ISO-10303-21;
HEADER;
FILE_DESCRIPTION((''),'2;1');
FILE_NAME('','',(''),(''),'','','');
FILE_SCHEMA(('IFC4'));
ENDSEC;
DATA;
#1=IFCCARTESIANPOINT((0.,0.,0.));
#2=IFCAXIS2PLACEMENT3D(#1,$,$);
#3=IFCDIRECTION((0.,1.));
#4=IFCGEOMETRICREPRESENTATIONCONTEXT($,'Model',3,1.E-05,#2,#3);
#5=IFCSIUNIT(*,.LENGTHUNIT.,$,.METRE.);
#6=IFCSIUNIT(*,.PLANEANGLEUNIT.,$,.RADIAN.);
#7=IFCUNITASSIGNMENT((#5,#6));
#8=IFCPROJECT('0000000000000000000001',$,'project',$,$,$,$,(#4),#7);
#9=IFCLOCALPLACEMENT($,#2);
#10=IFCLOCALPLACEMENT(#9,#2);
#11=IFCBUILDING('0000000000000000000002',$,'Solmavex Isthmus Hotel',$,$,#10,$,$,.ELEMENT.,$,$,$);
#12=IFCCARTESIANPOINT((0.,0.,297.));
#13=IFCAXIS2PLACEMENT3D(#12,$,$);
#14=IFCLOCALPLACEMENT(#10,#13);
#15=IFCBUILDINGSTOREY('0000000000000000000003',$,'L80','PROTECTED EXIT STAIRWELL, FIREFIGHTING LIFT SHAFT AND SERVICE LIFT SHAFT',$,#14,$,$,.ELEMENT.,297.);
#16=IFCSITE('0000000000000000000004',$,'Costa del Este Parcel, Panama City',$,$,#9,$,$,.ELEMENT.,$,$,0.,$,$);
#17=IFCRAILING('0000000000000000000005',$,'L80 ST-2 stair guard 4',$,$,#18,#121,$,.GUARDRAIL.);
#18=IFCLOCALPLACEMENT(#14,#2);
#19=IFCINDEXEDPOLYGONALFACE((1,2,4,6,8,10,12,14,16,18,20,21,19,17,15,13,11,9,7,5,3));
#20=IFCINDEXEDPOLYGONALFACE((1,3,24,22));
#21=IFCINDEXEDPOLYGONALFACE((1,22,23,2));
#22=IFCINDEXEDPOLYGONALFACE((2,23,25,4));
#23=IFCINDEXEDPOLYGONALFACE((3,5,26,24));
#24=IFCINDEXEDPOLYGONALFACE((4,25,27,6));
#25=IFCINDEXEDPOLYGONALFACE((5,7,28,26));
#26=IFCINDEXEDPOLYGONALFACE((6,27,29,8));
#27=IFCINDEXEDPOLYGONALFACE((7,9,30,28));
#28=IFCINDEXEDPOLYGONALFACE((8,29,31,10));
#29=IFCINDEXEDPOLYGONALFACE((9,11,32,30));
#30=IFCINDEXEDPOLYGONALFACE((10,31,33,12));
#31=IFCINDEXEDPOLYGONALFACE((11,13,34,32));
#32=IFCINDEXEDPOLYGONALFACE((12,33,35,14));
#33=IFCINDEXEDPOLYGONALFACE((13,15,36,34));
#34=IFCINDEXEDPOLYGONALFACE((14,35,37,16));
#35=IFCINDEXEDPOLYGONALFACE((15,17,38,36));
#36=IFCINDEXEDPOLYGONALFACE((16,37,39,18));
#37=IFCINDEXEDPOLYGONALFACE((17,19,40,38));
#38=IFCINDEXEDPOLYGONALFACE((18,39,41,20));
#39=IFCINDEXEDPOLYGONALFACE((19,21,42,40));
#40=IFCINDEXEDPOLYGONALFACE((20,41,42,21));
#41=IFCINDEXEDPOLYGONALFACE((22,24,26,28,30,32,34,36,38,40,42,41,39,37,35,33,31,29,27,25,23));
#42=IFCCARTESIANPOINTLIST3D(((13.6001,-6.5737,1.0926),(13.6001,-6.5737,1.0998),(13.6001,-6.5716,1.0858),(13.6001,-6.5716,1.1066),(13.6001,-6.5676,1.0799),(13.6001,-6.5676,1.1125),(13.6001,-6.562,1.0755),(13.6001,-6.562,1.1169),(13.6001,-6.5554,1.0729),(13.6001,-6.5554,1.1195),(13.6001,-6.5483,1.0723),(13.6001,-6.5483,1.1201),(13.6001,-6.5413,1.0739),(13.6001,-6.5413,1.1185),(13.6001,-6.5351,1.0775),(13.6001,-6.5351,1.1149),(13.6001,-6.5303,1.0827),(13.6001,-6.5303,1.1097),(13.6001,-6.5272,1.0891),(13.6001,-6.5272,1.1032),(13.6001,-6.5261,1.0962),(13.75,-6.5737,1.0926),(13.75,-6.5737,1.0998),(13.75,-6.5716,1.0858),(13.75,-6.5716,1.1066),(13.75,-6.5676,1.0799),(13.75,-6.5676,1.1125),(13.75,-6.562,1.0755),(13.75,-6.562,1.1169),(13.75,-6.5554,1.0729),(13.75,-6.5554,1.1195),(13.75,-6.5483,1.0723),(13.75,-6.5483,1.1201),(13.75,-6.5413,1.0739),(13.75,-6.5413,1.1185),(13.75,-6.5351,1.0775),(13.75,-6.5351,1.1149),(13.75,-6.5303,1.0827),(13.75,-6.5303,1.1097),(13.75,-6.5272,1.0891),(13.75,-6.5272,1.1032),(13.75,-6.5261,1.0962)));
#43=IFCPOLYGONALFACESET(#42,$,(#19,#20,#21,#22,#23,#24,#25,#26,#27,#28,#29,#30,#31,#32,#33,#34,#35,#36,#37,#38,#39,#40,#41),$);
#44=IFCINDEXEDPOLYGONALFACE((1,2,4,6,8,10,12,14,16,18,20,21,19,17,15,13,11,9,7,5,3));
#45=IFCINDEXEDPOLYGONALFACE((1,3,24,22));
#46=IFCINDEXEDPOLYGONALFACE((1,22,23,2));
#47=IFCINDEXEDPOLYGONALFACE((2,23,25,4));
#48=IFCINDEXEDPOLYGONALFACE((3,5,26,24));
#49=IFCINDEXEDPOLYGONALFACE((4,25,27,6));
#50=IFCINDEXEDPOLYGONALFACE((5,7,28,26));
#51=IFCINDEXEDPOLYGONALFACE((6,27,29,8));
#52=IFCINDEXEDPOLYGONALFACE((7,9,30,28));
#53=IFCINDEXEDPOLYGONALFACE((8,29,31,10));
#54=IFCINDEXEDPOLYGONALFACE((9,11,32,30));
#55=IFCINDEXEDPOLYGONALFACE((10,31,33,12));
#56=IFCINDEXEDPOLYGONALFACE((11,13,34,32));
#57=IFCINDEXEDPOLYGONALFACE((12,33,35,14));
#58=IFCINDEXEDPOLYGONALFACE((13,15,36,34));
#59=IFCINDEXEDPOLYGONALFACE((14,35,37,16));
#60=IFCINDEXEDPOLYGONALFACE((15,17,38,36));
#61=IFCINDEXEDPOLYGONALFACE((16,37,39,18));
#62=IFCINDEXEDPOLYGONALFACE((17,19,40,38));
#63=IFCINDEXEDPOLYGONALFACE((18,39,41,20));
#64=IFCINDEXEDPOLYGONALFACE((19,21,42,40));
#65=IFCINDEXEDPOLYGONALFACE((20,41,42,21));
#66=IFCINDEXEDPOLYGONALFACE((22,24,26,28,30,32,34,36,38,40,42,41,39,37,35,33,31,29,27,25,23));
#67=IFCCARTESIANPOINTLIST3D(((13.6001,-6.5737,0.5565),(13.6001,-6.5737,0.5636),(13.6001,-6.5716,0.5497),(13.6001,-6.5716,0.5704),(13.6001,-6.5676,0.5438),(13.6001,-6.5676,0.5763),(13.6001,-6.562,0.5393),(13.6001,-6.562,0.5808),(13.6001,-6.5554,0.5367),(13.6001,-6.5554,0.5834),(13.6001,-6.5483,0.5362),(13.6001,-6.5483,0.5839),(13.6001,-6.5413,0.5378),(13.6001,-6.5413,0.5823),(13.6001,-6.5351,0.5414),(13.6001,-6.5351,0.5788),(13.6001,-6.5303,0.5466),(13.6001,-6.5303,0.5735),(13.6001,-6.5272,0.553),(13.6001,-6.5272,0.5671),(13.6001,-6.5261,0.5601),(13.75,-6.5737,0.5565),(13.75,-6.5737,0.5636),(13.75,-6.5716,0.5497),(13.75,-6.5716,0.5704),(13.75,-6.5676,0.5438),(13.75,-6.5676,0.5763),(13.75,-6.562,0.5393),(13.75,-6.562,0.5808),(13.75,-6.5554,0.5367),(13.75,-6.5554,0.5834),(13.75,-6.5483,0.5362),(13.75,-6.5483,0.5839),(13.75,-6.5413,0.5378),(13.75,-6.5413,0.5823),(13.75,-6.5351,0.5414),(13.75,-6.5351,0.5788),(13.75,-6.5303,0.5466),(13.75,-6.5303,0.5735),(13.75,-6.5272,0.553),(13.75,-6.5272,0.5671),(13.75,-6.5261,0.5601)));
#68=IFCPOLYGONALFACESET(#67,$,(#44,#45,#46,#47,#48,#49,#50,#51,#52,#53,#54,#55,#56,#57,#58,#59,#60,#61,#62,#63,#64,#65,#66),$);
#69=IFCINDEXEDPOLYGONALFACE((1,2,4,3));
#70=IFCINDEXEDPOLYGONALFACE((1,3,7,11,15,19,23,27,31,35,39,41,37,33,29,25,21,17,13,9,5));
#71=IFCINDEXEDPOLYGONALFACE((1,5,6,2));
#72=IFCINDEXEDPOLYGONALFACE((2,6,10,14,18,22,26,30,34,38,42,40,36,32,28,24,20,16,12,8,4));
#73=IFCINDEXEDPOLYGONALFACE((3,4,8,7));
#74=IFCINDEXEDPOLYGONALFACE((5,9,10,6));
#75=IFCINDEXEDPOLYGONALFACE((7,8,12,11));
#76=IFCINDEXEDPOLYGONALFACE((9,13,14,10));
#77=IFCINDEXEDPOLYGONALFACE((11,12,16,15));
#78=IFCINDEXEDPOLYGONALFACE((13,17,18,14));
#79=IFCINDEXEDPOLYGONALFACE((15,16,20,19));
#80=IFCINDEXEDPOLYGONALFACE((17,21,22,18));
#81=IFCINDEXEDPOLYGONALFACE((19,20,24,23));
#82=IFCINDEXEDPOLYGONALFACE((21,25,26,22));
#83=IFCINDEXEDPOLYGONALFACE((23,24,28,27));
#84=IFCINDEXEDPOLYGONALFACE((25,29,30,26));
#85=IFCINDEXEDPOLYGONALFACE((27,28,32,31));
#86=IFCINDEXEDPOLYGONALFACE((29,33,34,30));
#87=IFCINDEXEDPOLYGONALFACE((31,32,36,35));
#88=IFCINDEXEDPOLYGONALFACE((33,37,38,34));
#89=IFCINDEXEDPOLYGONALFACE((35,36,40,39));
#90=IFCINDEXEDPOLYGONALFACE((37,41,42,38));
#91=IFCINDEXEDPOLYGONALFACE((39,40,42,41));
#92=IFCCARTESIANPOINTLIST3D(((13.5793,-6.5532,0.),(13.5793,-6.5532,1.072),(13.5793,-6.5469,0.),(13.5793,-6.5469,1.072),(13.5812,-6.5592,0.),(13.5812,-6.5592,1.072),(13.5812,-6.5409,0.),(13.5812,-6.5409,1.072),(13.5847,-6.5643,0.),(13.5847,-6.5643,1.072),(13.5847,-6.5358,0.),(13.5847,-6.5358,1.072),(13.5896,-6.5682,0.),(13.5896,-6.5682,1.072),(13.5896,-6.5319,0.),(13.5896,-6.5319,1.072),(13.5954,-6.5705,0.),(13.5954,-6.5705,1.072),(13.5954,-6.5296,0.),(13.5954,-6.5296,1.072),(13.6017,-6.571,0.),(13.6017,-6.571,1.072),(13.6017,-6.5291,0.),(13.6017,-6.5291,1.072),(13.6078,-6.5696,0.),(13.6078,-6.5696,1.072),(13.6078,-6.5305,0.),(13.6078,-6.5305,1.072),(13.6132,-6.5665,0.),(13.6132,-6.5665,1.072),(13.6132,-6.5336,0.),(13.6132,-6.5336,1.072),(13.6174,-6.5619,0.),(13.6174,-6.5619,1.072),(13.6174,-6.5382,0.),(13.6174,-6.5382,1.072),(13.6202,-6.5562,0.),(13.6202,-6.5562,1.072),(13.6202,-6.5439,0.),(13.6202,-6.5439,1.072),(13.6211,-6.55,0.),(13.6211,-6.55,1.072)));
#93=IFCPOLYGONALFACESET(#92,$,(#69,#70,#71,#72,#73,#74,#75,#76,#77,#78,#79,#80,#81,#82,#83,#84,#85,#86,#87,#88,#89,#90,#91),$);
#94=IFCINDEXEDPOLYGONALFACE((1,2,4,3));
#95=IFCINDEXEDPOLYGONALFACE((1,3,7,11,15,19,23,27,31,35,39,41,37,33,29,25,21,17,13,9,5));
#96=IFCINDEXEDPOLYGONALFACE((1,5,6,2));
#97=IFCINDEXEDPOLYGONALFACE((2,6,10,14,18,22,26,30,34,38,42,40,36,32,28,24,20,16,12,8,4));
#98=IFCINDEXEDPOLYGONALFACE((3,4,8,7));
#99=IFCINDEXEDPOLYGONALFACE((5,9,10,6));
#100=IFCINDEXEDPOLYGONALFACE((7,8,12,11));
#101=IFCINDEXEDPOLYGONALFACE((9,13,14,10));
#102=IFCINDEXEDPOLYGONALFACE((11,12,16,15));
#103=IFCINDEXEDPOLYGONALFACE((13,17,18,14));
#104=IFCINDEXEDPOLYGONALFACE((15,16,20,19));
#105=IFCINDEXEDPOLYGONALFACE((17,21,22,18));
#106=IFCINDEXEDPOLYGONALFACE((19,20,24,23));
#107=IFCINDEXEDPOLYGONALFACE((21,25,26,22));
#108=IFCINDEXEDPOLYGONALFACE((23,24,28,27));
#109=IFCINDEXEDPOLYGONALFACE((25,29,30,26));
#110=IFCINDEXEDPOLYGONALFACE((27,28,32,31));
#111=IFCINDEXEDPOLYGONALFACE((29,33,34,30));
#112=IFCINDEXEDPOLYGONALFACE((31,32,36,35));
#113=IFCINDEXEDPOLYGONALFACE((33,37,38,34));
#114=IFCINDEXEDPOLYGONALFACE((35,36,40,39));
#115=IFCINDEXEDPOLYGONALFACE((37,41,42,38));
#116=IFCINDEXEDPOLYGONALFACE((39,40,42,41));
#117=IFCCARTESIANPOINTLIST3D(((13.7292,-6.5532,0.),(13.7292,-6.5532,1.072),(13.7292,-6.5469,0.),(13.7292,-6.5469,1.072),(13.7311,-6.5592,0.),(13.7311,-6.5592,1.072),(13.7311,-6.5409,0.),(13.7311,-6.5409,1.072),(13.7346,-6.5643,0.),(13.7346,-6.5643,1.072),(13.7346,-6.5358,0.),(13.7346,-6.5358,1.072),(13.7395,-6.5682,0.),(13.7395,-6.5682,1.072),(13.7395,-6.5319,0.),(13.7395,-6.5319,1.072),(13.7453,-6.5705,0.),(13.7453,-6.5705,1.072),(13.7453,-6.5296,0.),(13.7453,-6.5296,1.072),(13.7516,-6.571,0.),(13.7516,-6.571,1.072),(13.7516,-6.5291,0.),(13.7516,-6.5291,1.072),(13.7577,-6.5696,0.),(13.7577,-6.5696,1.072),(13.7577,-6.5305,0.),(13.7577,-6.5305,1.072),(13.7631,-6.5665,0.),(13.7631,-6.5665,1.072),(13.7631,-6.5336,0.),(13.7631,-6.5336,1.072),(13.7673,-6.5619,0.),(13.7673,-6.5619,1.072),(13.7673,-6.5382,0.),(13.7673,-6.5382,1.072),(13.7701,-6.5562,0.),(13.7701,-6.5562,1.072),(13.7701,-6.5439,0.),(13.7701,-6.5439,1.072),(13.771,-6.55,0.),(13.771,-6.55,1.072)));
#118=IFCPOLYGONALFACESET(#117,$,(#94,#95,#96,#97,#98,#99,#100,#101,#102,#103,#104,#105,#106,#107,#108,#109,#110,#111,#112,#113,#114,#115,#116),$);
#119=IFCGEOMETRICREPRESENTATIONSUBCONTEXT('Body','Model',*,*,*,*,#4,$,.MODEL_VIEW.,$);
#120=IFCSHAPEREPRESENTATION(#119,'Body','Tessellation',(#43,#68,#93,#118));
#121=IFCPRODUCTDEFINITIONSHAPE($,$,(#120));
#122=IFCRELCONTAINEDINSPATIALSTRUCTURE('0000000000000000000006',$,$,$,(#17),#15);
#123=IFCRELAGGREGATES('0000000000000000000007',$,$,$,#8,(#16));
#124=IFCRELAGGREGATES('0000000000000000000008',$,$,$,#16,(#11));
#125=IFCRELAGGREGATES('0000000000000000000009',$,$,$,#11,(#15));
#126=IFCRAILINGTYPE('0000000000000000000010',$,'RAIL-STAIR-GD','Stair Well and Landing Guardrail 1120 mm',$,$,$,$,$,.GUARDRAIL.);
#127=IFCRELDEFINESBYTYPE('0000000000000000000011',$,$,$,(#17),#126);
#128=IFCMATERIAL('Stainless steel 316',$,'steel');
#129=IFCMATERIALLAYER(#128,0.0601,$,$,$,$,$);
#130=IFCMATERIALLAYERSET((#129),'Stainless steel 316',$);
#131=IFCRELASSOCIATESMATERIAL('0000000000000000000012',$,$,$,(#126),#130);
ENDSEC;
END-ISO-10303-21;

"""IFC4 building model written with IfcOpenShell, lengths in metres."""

from ifc_helpers import new_model, si_unit, direction, frame, origin, origin_2d, place, context, subcontext, project, spatial, circle, extrude, material, layer, layer_set, type_object, element, save


model = new_model("IFC4")

# Units and contexts
model_context = context("Model", 3, precision=1e-05, world=origin(), true_north=direction((0.0, 1.0)))
body_context = subcontext(model_context, "Body", "Model", "MODEL_VIEW")
ifc_project = project(units=[si_unit("LENGTHUNIT", "METRE"), si_unit("PLANEANGLEUNIT", "RADIAN")], contexts=[model_context])

# Site, building, storey
site_placement = place(None, origin())
site = spatial("IfcSite", under=ifc_project, at=site_placement, Name="Costa del Este Parcel, Panama City", CompositionType="ELEMENT", RefElevation=0.0)
building_placement = place(site_placement, origin())
building = spatial("IfcBuilding", under=site, at=building_placement, Name="Solmavex Isthmus Hotel", CompositionType="ELEMENT")
storey_placement = place(building_placement, frame((0.0, 0.0, 297.0)))
storey = spatial("IfcBuildingStorey", under=building, at=storey_placement, Name="L80", Description="PROTECTED EXIT STAIRWELL, FIREFIGHTING LIFT SHAFT AND SERVICE LIFT SHAFT", CompositionType="ELEMENT", Elevation=297.0)

# Railing
ifc_material_1 = material(Name="Stainless steel 316", Category="steel")
ifc_layer_1 = layer(ifc_material_1, 0.0601)
ifc_layer_set_1 = layer_set([ifc_layer_1], Name="Stainless steel 316")
railing_type_1 = type_object("IfcRailingType", Name="RAIL-STAIR-GD", Description="Stair Well and Landing Guardrail 1120 mm", PredefinedType="GUARDRAIL", material=ifc_layer_set_1)
railing_1_placement = place(storey_placement, frame((13.6001, -6.55, 0.0)))
element("IfcRailing", 1, at=railing_1_placement, inside=storey, type_object=railing_type_1, Name="L80 ST-2 stair guard 4", PredefinedType="GUARDRAIL", context=body_context, shape_type="SweptSolid", body=[
    extrude(circle(Radius=0.0239, at=origin_2d()), frame((0.0, 0.0, 1.0962), z_axis=(1.0, 0.0, 0.0), x_axis=(0.0, 1.0, 0.0)), (0.0, 0.0, 1.0), 0.1499),
    extrude(circle(Radius=0.0239, at=origin_2d()), frame((0.0, 0.0, 0.5601), z_axis=(1.0, 0.0, 0.0), x_axis=(0.0, 1.0, 0.0)), (0.0, 0.0, 1.0), 0.1499),
    extrude(circle(Radius=0.021, at=origin_2d()), origin(), (0.0, 0.0, 1.0), 1.072),
    extrude(circle(Radius=0.021, at=origin_2d()), frame((0.1499, 0.0, 0.0)), (0.0, 0.0, 1.0), 1.072),
])

save(model, "model.ifc")
